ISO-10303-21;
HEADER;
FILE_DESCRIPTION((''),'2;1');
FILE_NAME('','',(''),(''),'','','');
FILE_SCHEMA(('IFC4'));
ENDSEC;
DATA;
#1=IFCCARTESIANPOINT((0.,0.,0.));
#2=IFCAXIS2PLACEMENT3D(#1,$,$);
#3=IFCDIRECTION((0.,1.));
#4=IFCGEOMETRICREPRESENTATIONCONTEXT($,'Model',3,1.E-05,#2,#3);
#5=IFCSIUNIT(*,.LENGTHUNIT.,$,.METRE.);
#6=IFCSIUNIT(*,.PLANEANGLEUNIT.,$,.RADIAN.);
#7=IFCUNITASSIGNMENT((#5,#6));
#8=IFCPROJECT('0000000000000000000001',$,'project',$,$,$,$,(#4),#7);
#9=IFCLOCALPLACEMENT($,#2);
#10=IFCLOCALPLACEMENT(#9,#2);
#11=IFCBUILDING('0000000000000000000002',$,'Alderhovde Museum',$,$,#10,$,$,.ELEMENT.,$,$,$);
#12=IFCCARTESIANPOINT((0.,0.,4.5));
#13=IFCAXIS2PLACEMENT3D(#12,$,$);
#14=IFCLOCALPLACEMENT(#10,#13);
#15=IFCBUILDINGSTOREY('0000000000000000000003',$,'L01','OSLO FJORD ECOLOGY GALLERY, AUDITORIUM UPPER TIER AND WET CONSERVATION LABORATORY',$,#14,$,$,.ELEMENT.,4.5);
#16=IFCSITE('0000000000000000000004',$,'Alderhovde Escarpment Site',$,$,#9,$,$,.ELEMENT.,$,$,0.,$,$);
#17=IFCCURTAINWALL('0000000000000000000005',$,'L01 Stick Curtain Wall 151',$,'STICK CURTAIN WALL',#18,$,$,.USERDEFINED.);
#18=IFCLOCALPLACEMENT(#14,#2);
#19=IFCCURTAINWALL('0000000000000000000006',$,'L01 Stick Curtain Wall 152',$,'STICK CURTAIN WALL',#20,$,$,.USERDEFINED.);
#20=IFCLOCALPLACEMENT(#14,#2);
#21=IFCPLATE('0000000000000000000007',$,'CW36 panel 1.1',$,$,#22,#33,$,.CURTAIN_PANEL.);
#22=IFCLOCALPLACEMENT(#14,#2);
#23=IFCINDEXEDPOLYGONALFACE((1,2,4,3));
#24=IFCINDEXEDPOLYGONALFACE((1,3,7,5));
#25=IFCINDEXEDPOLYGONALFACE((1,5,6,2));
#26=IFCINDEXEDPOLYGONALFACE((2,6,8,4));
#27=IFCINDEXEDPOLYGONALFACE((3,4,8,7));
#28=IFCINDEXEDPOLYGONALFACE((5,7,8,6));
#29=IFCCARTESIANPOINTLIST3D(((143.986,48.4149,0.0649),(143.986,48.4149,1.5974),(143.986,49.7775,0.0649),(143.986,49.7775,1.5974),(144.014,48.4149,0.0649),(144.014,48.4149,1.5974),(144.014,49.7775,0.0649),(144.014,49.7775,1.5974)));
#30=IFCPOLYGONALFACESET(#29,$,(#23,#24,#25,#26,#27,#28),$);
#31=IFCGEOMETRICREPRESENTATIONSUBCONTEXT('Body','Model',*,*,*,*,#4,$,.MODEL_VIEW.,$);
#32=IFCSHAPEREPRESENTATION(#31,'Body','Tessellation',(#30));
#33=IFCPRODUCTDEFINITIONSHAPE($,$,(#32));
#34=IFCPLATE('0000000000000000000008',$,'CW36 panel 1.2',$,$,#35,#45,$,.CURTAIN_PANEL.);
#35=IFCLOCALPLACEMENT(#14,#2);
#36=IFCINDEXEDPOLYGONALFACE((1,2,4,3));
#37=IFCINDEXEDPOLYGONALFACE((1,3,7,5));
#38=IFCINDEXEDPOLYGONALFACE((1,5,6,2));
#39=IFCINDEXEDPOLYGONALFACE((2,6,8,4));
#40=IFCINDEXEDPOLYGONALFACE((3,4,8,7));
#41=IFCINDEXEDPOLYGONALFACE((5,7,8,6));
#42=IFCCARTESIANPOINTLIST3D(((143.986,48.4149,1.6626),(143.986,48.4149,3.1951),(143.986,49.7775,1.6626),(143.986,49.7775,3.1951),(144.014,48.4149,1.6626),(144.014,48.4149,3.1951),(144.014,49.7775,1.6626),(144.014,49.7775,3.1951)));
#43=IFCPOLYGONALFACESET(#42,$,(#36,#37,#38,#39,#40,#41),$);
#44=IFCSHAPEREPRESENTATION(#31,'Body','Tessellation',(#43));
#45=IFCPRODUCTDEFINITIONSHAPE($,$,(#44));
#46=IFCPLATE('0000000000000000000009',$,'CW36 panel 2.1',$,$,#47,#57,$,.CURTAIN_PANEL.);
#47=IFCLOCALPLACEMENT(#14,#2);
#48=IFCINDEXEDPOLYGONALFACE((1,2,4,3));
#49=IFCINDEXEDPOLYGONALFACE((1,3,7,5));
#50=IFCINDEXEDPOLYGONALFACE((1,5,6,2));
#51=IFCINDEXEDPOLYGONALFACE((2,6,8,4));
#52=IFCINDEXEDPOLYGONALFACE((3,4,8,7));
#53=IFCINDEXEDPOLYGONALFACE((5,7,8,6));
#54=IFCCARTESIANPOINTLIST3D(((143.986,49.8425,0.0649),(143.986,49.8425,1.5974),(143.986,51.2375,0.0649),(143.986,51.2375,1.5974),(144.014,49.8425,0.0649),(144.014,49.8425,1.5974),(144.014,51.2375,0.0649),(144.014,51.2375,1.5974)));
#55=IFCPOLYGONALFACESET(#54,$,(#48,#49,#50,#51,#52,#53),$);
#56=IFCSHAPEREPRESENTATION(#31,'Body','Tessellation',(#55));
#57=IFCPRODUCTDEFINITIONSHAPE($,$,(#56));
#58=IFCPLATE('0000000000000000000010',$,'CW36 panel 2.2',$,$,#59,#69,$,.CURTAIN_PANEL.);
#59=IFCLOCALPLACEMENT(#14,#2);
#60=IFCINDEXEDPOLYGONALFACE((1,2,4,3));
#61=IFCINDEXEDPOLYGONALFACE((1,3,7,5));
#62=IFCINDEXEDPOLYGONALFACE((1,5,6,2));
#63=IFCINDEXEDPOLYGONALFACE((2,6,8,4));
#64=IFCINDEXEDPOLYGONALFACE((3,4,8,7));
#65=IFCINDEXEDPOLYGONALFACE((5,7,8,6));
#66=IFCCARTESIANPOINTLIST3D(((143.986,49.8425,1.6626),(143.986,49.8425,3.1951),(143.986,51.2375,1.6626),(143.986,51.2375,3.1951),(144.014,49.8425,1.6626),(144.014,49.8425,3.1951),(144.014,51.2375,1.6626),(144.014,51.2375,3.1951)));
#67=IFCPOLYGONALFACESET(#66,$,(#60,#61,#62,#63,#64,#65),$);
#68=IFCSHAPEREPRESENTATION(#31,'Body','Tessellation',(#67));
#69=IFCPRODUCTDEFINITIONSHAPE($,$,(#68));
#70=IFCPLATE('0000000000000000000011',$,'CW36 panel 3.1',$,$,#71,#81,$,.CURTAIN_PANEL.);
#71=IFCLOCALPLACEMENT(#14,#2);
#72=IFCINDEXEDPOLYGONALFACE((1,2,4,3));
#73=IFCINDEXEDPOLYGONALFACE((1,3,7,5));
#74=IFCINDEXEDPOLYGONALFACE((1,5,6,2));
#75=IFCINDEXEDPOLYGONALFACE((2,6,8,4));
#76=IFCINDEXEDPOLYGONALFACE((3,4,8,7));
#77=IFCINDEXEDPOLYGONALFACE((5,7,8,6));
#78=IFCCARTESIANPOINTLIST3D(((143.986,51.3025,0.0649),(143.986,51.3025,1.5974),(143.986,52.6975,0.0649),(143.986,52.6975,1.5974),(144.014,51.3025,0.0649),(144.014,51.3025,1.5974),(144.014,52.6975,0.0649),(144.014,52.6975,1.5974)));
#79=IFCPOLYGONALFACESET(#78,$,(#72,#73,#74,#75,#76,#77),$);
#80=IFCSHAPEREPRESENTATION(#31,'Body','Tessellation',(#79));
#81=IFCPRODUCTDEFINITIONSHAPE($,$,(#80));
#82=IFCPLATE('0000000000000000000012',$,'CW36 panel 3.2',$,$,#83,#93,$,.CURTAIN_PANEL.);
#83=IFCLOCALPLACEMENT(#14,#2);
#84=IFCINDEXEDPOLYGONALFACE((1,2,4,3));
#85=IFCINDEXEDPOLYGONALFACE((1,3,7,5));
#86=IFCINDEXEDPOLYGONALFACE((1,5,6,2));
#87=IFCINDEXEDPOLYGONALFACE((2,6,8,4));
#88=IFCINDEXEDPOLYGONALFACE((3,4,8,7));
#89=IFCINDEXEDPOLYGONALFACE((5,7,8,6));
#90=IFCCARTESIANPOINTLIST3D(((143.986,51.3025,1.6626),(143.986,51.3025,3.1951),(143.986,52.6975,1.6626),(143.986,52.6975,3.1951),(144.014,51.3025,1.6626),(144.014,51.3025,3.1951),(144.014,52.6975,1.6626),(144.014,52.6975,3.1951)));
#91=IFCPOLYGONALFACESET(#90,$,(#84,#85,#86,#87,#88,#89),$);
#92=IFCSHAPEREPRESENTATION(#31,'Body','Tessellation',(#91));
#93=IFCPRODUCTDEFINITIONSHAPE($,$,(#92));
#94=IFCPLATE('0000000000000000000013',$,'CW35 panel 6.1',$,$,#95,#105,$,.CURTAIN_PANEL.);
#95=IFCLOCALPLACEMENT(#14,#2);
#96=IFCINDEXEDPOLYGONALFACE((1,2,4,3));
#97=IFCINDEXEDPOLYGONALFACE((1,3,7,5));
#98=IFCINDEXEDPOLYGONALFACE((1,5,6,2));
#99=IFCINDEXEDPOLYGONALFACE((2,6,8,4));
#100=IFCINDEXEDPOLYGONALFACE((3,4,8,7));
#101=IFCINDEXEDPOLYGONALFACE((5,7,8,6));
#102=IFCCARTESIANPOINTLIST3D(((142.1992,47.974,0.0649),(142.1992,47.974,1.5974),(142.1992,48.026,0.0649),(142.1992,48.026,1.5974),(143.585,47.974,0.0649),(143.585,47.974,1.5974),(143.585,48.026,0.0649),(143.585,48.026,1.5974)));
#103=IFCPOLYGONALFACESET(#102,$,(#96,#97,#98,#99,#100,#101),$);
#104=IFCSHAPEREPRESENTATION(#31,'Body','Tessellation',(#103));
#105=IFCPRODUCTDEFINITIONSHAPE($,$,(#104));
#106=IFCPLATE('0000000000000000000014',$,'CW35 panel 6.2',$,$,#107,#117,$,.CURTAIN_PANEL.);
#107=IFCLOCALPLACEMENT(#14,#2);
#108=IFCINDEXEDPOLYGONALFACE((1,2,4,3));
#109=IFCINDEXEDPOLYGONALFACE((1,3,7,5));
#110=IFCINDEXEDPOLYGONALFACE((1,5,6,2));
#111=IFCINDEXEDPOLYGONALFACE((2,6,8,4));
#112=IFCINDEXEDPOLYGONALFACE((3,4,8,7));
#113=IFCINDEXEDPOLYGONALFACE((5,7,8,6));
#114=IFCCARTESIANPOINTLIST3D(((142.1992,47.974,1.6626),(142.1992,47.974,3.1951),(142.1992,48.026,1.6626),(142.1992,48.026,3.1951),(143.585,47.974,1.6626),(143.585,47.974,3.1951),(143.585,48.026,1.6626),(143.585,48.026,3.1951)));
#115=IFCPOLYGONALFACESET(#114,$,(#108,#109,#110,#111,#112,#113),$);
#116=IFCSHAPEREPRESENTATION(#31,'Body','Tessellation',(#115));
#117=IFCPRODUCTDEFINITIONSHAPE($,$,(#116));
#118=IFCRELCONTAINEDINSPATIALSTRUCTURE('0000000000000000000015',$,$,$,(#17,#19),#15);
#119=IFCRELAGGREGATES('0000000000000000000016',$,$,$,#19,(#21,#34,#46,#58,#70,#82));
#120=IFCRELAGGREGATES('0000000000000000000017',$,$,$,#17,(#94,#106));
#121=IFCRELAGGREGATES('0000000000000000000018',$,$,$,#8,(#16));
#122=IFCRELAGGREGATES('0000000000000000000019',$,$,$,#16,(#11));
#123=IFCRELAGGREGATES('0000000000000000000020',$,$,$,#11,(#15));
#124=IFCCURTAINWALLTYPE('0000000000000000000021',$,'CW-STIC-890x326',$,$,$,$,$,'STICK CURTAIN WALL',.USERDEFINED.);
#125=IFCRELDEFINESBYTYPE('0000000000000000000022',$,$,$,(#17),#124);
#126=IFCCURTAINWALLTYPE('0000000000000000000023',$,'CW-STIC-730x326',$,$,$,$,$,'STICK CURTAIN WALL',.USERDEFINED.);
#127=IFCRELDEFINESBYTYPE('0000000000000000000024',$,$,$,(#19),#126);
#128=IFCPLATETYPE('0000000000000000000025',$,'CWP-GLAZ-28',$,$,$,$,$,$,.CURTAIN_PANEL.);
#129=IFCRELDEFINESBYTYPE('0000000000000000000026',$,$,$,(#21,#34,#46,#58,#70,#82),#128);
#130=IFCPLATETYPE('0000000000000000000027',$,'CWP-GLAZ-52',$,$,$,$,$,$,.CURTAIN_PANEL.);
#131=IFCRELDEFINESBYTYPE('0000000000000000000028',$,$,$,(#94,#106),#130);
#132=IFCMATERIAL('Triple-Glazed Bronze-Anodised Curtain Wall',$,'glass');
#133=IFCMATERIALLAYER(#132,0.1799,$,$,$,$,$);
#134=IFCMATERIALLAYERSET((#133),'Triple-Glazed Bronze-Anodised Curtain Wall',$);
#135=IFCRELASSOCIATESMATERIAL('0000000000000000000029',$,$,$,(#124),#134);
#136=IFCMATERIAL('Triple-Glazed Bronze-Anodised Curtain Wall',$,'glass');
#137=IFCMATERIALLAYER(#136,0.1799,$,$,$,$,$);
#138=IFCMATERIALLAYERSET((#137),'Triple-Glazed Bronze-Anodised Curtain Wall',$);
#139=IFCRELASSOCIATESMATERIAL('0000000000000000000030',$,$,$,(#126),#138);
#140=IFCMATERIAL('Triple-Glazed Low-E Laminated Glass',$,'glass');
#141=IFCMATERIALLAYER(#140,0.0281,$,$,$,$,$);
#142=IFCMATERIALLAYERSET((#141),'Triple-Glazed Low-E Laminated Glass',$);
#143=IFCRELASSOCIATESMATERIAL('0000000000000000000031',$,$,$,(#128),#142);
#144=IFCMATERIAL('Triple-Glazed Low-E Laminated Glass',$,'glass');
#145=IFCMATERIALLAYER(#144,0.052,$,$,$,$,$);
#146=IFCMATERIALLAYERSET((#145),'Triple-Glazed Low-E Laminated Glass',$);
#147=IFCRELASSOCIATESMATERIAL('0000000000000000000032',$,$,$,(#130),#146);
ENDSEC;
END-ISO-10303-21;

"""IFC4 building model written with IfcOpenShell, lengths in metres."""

from ifc_helpers import new_model, si_unit, direction, frame, origin, origin_2d, place, context, subcontext, project, spatial, rectangle, extrude, material, layer, layer_set, type_object, element, aggregate, save


model = new_model("IFC4")

# Units and contexts
model_context = context("Model", 3, precision=1e-05, world=origin(), true_north=direction((0.0, 1.0)))
body_context = subcontext(model_context, "Body", "Model", "MODEL_VIEW")
ifc_project = project(units=[si_unit("LENGTHUNIT", "METRE"), si_unit("PLANEANGLEUNIT", "RADIAN")], contexts=[model_context])

# Site, building, storey
site_placement = place(None, origin())
site = spatial("IfcSite", under=ifc_project, at=site_placement, Name="Alderhovde Escarpment Site", CompositionType="ELEMENT", RefElevation=0.0)
building_placement = place(site_placement, origin())
building = spatial("IfcBuilding", under=site, at=building_placement, Name="Alderhovde Museum", CompositionType="ELEMENT")
storey_placement = place(building_placement, frame((0.0, 0.0, 4.5)))
storey = spatial("IfcBuildingStorey", under=building, at=storey_placement, Name="L01", Description="OSLO FJORD ECOLOGY GALLERY, AUDITORIUM UPPER TIER AND WET CONSERVATION LABORATORY", CompositionType="ELEMENT", Elevation=4.5)

# Curtain wall
ifc_material_1 = material(Name="Triple-Glazed Bronze-Anodised Curtain Wall", Category="glass")
ifc_layer_1 = layer(ifc_material_1, 0.1799)
ifc_layer_set_1 = layer_set([ifc_layer_1], Name="Triple-Glazed Bronze-Anodised Curtain Wall")
curtain_wall_type_1 = type_object("IfcCurtainWallType", Name="CW-STIC-890x326", ElementType="STICK CURTAIN WALL", PredefinedType="USERDEFINED", material=ifc_layer_set_1)
curtain_wall_1_placement = place(storey_placement, origin())
curtain_wall_1 = element("IfcCurtainWall", 1, at=curtain_wall_1_placement, inside=storey, type_object=curtain_wall_type_1, Name="L01 Stick Curtain Wall 151", ObjectType="STICK CURTAIN WALL", PredefinedType="USERDEFINED")

# Curtain wall, plates
ifc_material_2 = material(Name="Triple-Glazed Bronze-Anodised Curtain Wall", Category="glass")
ifc_layer_2 = layer(ifc_material_2, 0.1799)
ifc_layer_set_2 = layer_set([ifc_layer_2], Name="Triple-Glazed Bronze-Anodised Curtain Wall")
curtain_wall_type_2 = type_object("IfcCurtainWallType", Name="CW-STIC-730x326", ElementType="STICK CURTAIN WALL", PredefinedType="USERDEFINED", material=ifc_layer_set_2)
curtain_wall_2_placement = place(storey_placement, origin())
curtain_wall_2 = element("IfcCurtainWall", 2, at=curtain_wall_2_placement, inside=storey, type_object=curtain_wall_type_2, Name="L01 Stick Curtain Wall 152", ObjectType="STICK CURTAIN WALL", PredefinedType="USERDEFINED")
ifc_material_3 = material(Name="Triple-Glazed Low-E Laminated Glass", Category="glass")
ifc_layer_3 = layer(ifc_material_3, 0.0281)
ifc_layer_set_3 = layer_set([ifc_layer_3], Name="Triple-Glazed Low-E Laminated Glass")
plate_type_1 = type_object("IfcPlateType", Name="CWP-GLAZ-28", PredefinedType="CURTAIN_PANEL", material=ifc_layer_set_3)
plate_1_placement = place(storey_placement, frame((144.0, 49.0962, 0.0649), z_axis=(0.0, 0.0, 1.0), x_axis=(0.0, 1.0, 0.0)))
plate_1 = element("IfcPlate", 3, at=plate_1_placement, type_object=plate_type_1, Name="CW36 panel 1.1", PredefinedType="CURTAIN_PANEL", context=body_context, shape_type="SweptSolid", body=[
    extrude(rectangle(XDim=1.3625, YDim=0.0281, at=origin_2d()), origin(), (0.0, 0.0, 1.0), 1.5325),
])
plate_2_placement = place(storey_placement, frame((144.0, 49.0962, 1.6626), z_axis=(0.0, 0.0, 1.0), x_axis=(0.0, 1.0, 0.0)))
plate_2 = element("IfcPlate", 4, at=plate_2_placement, type_object=plate_type_1, Name="CW36 panel 1.2", PredefinedType="CURTAIN_PANEL", context=body_context, shape_type="SweptSolid", body=[
    extrude(rectangle(XDim=1.3625, YDim=0.0281, at=origin_2d()), origin(), (0.0, 0.0, 1.0), 1.5325),
])
plate_3_placement = place(storey_placement, frame((144.0, 50.54, 0.0649), z_axis=(0.0, 0.0, 1.0), x_axis=(0.0, 1.0, 0.0)))
plate_3 = element("IfcPlate", 5, at=plate_3_placement, type_object=plate_type_1, Name="CW36 panel 2.1", PredefinedType="CURTAIN_PANEL", context=body_context, shape_type="SweptSolid", body=[
    extrude(rectangle(XDim=1.395, YDim=0.0281, at=origin_2d()), origin(), (0.0, 0.0, 1.0), 1.5325),
])
plate_4_placement = place(storey_placement, frame((144.0, 50.54, 1.6626), z_axis=(0.0, 0.0, 1.0), x_axis=(0.0, 1.0, 0.0)))
plate_4 = element("IfcPlate", 6, at=plate_4_placement, type_object=plate_type_1, Name="CW36 panel 2.2", PredefinedType="CURTAIN_PANEL", context=body_context, shape_type="SweptSolid", body=[
    extrude(rectangle(XDim=1.395, YDim=0.0281, at=origin_2d()), origin(), (0.0, 0.0, 1.0), 1.5325),
])
plate_5_placement = place(storey_placement, frame((144.0, 52.0, 0.0649), z_axis=(0.0, 0.0, 1.0), x_axis=(0.0, 1.0, 0.0)))
plate_5 = element("IfcPlate", 7, at=plate_5_placement, type_object=plate_type_1, Name="CW36 panel 3.1", PredefinedType="CURTAIN_PANEL", context=body_context, shape_type="SweptSolid", body=[
    extrude(rectangle(XDim=1.395, YDim=0.0281, at=origin_2d()), origin(), (0.0, 0.0, 1.0), 1.5325),
])
plate_6_placement = place(storey_placement, frame((144.0, 52.0, 1.6626), z_axis=(0.0, 0.0, 1.0), x_axis=(0.0, 1.0, 0.0)))
plate_6 = element("IfcPlate", 8, at=plate_6_placement, type_object=plate_type_1, Name="CW36 panel 3.2", PredefinedType="CURTAIN_PANEL", context=body_context, shape_type="SweptSolid", body=[
    extrude(rectangle(XDim=1.395, YDim=0.0281, at=origin_2d()), origin(), (0.0, 0.0, 1.0), 1.5325),
])
aggregate(curtain_wall_2, [plate_1, plate_2, plate_3, plate_4, plate_5, plate_6])

# Plates
ifc_material_4 = material(Name="Triple-Glazed Low-E Laminated Glass", Category="glass")
ifc_layer_4 = layer(ifc_material_4, 0.052)
ifc_layer_set_4 = layer_set([ifc_layer_4], Name="Triple-Glazed Low-E Laminated Glass")
plate_type_2 = type_object("IfcPlateType", Name="CWP-GLAZ-52", PredefinedType="CURTAIN_PANEL", material=ifc_layer_set_4)
plate_7_placement = place(storey_placement, frame((142.8921, 48.0, 0.0649), z_axis=(0.0, 0.0, 1.0), x_axis=(1.0, 0.0, 0.0)))
plate_7 = element("IfcPlate", 9, at=plate_7_placement, type_object=plate_type_2, Name="CW35 panel 6.1", PredefinedType="CURTAIN_PANEL", context=body_context, shape_type="SweptSolid", body=[
    extrude(rectangle(XDim=1.3857, YDim=0.052, at=origin_2d()), origin(), (0.0, 0.0, 1.0), 1.5325),
])
plate_8_placement = place(storey_placement, frame((142.8921, 48.0, 1.6626), z_axis=(0.0, 0.0, 1.0), x_axis=(1.0, 0.0, 0.0)))
plate_8 = element("IfcPlate", 10, at=plate_8_placement, type_object=plate_type_2, Name="CW35 panel 6.2", PredefinedType="CURTAIN_PANEL", context=body_context, shape_type="SweptSolid", body=[
    extrude(rectangle(XDim=1.3857, YDim=0.052, at=origin_2d()), origin(), (0.0, 0.0, 1.0), 1.5325),
])
aggregate(curtain_wall_1, [plate_7, plate_8])

save(model, "model.ifc")
